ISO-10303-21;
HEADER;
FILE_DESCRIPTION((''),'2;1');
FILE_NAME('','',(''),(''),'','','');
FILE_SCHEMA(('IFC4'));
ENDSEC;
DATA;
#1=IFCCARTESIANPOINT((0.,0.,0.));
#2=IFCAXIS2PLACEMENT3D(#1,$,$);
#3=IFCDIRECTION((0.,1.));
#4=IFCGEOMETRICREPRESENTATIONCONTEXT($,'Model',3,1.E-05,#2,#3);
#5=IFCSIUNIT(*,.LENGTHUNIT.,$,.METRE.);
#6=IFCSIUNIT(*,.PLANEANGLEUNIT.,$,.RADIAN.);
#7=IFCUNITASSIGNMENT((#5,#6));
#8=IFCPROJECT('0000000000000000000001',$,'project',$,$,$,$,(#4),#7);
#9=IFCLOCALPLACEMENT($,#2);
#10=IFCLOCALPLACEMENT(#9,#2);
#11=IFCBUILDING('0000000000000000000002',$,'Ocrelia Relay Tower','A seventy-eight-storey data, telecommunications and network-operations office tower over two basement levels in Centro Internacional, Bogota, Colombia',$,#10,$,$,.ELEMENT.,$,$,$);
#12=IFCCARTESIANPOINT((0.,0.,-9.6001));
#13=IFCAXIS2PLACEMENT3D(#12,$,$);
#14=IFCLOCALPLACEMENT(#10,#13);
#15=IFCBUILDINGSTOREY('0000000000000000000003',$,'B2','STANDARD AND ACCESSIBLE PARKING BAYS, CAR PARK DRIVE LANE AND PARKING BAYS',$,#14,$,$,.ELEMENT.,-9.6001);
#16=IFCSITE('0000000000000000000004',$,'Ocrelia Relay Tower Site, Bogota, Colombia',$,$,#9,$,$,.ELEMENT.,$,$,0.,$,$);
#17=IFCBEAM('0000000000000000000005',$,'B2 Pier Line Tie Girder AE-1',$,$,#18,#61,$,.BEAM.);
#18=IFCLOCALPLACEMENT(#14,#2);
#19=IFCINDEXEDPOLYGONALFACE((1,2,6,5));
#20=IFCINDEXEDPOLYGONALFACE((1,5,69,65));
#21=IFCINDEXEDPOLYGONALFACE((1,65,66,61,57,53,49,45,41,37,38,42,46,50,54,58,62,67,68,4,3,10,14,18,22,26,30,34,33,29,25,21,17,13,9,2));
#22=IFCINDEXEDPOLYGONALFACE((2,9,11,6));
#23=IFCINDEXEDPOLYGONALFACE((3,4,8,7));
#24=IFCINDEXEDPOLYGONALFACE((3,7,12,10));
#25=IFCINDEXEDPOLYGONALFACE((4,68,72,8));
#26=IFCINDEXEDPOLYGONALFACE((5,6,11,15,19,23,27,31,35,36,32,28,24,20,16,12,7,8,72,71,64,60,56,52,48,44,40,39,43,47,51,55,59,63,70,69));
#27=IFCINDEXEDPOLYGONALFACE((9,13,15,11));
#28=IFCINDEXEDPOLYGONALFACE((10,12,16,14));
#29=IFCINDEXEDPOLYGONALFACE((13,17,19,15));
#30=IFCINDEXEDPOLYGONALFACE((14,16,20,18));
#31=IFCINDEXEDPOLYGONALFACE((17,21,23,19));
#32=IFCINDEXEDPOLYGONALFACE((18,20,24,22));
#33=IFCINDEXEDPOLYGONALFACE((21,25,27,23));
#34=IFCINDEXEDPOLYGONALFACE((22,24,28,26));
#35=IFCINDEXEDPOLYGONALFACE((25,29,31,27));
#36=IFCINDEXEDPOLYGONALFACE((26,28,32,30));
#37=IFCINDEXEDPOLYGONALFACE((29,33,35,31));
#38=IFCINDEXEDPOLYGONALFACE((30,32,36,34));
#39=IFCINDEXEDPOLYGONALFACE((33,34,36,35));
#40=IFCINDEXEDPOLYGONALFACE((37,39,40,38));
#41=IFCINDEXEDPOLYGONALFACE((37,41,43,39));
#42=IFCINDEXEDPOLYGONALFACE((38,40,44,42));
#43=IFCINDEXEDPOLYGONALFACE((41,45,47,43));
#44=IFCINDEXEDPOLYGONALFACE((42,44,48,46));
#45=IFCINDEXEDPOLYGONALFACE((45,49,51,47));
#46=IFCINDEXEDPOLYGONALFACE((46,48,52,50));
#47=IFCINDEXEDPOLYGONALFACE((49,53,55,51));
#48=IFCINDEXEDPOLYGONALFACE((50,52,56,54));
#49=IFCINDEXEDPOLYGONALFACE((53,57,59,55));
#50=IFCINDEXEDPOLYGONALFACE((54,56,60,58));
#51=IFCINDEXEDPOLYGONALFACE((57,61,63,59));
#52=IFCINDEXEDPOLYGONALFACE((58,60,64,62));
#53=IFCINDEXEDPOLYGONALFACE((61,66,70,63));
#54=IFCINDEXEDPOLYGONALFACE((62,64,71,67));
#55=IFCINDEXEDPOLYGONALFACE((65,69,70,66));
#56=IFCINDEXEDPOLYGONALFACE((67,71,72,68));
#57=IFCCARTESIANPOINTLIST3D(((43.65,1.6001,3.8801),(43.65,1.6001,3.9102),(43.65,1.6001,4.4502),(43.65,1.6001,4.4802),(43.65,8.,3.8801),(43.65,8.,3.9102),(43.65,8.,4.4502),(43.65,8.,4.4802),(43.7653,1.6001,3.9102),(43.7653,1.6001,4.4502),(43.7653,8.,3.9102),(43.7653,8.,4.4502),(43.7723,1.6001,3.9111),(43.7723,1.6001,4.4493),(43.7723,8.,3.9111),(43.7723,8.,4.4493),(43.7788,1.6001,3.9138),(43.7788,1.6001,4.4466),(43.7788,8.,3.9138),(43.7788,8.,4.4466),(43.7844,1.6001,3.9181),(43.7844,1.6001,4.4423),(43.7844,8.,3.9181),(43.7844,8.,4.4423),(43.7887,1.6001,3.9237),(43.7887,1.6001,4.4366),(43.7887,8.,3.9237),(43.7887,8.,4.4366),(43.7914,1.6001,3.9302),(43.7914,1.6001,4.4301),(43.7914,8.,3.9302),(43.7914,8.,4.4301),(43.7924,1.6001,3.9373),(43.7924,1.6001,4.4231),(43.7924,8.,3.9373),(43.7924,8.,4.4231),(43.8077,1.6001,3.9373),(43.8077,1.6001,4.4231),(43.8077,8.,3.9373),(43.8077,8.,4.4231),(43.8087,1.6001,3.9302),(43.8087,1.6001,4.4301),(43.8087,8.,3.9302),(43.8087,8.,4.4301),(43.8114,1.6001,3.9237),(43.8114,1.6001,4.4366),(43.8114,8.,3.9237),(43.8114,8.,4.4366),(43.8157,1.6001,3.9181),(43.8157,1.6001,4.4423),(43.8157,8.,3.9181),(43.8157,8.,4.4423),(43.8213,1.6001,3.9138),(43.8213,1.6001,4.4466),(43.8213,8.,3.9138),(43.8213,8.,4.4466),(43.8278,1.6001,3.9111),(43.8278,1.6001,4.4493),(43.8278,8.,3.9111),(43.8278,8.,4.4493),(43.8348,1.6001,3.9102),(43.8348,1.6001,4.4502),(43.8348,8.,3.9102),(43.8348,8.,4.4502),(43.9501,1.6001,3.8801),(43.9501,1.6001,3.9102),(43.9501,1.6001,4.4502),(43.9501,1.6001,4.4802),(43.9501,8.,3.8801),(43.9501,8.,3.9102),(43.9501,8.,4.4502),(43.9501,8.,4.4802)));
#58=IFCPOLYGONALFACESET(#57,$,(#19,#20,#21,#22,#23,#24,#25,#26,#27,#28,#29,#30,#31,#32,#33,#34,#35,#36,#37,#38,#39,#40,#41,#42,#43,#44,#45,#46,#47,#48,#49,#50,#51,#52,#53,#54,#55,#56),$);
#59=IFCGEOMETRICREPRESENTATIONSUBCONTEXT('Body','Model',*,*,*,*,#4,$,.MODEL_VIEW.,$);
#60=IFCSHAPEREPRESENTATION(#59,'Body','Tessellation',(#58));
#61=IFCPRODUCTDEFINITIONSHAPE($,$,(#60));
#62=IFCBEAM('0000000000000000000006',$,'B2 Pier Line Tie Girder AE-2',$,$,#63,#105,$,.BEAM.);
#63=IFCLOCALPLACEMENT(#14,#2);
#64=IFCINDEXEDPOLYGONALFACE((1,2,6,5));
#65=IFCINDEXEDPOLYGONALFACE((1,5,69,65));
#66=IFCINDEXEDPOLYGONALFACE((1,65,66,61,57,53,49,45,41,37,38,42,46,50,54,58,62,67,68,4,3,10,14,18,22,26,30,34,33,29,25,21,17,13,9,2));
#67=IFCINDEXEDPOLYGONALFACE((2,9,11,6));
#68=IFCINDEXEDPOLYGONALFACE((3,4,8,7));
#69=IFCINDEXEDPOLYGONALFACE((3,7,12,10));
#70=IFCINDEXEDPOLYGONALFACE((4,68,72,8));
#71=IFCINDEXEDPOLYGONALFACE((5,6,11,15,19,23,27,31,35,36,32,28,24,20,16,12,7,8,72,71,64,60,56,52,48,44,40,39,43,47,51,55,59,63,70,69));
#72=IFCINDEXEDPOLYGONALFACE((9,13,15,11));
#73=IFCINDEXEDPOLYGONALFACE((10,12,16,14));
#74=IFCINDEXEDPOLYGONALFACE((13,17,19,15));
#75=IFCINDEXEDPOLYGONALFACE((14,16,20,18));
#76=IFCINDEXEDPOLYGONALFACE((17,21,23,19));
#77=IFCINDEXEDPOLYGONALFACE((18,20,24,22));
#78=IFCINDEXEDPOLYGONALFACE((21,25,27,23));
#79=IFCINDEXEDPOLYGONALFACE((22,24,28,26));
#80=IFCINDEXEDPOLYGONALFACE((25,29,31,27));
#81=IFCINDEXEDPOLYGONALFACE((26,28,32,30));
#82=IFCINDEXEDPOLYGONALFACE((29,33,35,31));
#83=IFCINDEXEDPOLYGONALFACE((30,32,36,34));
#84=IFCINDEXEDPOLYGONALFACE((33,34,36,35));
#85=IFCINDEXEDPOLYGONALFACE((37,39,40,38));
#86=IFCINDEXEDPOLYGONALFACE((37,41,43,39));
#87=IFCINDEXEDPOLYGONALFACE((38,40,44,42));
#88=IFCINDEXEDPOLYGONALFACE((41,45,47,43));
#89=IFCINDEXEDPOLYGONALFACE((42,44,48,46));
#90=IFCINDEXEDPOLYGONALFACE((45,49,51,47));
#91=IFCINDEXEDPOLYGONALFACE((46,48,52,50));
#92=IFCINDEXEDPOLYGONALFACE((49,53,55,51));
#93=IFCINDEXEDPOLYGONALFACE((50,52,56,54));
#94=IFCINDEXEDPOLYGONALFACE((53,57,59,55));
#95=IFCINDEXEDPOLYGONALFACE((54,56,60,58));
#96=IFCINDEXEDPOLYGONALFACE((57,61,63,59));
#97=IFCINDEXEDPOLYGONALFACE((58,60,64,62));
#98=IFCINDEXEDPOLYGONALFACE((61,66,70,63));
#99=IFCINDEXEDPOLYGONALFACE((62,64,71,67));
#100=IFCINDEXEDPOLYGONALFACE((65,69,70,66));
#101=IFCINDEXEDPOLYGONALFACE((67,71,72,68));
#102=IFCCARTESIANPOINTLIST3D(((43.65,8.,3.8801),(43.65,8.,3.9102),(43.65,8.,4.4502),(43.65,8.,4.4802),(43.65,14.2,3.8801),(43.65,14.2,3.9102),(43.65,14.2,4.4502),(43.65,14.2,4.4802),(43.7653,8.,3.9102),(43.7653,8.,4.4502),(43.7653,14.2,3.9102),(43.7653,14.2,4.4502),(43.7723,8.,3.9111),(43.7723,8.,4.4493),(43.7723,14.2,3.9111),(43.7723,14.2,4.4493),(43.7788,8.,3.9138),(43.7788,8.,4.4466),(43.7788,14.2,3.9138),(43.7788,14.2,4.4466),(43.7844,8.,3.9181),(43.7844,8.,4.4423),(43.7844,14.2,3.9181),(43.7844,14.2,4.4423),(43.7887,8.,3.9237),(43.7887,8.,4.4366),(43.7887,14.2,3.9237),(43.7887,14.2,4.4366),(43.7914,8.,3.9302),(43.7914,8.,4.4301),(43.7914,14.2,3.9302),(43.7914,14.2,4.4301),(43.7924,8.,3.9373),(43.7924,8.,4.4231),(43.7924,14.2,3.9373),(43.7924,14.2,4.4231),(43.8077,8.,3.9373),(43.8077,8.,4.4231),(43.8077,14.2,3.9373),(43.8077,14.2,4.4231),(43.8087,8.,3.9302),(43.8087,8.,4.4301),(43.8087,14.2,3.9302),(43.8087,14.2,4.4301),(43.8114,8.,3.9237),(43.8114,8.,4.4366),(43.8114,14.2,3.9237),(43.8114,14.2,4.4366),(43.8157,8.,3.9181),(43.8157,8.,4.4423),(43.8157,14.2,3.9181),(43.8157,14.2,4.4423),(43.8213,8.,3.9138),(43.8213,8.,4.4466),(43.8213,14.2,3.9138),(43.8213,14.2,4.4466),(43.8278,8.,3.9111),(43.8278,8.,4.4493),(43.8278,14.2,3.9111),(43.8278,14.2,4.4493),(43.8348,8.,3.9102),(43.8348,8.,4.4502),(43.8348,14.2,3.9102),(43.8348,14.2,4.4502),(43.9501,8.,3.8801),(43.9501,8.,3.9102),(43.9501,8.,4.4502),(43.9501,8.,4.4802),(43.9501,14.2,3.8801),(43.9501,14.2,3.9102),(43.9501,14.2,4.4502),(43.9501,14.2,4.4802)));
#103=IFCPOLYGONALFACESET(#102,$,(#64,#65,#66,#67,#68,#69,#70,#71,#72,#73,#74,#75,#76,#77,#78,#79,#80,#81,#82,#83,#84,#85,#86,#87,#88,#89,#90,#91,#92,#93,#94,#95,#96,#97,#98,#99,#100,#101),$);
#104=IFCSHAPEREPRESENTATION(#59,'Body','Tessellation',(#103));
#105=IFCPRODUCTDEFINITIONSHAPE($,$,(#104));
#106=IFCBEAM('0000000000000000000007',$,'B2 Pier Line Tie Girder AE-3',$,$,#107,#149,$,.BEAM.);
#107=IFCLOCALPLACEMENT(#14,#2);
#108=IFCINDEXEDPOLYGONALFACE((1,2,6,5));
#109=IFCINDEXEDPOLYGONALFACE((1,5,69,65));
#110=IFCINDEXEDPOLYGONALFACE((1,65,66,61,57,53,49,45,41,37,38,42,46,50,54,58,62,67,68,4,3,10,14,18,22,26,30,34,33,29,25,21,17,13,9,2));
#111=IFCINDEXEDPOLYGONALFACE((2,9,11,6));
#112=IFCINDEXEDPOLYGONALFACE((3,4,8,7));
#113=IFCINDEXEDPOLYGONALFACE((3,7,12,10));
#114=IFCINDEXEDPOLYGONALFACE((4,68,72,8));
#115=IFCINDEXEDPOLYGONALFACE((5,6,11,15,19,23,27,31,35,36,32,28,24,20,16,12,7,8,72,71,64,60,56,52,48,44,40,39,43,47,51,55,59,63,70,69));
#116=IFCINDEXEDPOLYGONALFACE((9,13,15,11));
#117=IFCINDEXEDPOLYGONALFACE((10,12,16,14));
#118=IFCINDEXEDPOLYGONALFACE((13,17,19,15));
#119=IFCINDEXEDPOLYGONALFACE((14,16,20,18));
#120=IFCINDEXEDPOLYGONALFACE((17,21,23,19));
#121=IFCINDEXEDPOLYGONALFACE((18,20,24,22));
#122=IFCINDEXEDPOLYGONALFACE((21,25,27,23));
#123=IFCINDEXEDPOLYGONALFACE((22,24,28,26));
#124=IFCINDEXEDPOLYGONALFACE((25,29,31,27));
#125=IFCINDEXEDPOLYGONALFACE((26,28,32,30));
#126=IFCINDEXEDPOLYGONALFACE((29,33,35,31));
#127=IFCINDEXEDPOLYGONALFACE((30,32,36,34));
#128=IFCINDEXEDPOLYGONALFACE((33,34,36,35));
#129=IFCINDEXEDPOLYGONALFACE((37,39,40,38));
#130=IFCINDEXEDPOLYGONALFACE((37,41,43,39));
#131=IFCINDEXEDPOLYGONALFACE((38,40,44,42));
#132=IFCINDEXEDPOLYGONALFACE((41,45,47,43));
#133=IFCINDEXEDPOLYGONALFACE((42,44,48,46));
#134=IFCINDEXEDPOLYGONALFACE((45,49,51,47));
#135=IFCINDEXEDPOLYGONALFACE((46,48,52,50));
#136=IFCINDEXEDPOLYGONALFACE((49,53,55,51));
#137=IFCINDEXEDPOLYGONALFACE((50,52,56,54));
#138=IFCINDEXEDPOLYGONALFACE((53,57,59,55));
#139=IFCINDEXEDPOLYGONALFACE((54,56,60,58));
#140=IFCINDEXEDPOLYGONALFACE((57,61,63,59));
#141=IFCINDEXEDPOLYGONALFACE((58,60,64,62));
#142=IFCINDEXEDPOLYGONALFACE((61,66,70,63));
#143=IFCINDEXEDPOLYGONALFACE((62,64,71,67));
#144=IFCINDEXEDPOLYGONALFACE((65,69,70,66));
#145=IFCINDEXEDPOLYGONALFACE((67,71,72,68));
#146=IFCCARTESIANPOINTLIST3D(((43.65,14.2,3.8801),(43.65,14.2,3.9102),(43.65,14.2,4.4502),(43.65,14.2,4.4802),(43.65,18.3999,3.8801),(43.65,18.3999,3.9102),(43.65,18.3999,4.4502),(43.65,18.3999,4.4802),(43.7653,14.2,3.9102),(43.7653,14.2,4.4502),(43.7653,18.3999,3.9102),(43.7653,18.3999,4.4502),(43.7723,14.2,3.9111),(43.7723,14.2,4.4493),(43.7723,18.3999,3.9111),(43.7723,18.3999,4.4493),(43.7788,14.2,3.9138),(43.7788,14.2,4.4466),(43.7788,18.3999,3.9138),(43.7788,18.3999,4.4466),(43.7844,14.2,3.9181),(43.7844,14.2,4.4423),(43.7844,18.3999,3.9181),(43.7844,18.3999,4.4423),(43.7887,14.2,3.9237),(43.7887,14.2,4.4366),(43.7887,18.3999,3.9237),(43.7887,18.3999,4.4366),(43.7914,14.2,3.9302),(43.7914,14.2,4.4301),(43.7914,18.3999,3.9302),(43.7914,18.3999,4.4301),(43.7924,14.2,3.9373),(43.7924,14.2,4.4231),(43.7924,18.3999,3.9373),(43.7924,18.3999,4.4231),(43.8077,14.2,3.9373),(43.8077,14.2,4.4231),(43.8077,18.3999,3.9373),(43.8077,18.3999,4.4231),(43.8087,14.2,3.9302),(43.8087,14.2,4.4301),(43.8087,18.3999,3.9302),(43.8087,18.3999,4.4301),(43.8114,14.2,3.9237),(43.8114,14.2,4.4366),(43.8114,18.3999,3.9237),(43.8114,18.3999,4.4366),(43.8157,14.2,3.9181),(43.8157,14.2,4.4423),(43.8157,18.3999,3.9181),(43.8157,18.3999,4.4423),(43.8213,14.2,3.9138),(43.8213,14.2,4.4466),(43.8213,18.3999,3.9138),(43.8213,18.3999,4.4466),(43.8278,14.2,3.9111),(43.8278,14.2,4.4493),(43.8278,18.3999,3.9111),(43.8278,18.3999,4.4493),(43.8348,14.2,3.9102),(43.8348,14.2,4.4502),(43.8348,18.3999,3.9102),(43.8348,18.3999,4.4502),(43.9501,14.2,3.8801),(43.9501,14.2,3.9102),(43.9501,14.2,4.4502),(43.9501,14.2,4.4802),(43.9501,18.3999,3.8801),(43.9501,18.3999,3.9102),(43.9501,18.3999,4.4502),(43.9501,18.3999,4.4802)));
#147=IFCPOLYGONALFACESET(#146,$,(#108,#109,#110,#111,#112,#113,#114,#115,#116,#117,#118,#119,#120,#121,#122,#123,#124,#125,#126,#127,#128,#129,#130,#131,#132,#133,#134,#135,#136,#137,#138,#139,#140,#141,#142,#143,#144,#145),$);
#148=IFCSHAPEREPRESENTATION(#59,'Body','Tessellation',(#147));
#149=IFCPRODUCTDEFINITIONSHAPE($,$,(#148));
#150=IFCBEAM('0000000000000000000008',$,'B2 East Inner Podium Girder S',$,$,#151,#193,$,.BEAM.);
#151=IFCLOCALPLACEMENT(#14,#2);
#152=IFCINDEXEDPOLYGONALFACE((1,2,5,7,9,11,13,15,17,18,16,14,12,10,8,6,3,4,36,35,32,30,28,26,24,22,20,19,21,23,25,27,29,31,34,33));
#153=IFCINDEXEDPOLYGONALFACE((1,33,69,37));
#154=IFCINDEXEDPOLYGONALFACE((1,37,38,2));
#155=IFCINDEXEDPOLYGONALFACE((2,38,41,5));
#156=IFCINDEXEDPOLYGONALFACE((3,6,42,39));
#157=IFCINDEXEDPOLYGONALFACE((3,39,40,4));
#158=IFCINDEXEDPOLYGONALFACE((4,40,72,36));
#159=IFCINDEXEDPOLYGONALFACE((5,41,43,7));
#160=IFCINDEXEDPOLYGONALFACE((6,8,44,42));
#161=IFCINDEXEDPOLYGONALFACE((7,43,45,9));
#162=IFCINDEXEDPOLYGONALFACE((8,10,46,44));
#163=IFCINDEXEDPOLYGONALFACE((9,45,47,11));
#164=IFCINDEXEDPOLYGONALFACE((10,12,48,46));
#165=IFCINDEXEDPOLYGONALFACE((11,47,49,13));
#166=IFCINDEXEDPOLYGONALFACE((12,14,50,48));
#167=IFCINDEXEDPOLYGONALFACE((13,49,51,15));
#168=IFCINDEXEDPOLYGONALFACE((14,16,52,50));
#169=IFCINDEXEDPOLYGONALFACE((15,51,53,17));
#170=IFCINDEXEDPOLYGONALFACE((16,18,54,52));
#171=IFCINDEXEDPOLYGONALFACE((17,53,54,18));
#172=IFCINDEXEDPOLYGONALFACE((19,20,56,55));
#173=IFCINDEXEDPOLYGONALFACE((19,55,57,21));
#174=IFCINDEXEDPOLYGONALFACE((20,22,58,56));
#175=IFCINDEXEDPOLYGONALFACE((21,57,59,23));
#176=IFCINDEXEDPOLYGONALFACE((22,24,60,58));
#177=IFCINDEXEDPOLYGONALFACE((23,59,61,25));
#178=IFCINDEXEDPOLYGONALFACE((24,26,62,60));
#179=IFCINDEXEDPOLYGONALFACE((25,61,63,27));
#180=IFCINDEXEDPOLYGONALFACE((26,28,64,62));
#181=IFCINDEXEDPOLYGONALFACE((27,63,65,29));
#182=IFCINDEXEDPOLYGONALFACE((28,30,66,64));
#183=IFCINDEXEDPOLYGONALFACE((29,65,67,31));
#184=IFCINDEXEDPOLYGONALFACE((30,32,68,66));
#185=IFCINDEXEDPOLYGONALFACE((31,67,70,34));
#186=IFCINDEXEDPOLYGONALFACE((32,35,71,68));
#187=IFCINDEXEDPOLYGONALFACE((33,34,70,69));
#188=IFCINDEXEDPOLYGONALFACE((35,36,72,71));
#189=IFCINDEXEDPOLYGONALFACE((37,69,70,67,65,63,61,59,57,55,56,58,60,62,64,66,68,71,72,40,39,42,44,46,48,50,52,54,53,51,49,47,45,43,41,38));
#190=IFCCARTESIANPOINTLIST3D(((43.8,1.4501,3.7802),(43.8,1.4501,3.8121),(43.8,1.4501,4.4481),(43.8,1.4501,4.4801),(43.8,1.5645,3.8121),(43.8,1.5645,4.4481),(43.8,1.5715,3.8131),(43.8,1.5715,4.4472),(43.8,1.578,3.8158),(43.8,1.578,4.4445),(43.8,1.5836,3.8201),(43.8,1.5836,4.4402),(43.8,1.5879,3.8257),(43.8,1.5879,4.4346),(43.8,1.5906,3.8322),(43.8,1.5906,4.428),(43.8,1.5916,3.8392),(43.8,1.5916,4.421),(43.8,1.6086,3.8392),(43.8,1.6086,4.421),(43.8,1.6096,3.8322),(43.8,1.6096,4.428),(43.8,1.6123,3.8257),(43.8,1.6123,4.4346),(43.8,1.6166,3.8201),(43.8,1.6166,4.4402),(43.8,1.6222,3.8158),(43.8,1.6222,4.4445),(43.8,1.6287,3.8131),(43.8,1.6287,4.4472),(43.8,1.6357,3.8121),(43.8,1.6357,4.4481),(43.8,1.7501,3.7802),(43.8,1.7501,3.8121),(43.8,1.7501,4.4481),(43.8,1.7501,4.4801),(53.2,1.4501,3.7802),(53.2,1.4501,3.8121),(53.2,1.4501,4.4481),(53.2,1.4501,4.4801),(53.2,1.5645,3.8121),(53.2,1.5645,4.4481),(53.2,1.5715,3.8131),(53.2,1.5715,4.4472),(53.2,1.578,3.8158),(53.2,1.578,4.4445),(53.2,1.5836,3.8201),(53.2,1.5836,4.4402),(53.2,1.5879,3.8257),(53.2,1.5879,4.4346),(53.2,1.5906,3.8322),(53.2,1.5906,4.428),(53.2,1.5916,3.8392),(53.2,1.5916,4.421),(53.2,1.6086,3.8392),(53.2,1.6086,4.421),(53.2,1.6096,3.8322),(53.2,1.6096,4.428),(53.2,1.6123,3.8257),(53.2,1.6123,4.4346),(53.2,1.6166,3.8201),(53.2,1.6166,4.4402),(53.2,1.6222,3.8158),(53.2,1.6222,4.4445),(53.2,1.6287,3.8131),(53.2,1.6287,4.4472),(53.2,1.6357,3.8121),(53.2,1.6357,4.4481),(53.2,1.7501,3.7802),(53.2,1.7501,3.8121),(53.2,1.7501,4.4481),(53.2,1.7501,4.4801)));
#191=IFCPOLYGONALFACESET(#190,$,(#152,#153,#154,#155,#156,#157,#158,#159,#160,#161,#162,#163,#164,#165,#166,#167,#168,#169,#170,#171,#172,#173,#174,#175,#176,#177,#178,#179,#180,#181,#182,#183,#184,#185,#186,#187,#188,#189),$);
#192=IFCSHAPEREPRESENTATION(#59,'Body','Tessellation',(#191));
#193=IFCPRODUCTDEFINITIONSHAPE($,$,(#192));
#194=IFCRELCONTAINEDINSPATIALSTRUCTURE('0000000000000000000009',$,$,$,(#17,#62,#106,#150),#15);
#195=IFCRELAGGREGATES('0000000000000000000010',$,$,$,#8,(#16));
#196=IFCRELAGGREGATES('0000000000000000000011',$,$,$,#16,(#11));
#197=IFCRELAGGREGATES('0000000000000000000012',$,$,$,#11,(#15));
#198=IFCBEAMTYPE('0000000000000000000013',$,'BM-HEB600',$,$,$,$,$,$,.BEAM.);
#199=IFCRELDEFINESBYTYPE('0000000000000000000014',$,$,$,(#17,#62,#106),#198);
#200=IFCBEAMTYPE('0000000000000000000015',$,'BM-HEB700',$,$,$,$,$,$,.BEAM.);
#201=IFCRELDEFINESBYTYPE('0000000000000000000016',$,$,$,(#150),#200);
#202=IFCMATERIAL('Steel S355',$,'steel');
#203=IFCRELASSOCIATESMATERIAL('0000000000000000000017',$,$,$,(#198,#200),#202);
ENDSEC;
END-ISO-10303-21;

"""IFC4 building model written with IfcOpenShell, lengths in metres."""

from ifc_helpers import new_model, si_unit, direction, frame, origin, origin_2d, place, context, subcontext, project, spatial, i_section, extrude, material, material_profile, profile_set, type_object, element, save


model = new_model("IFC4")

# Units and contexts
model_context = context("Model", 3, precision=1e-05, world=origin(), true_north=direction((0.0, 1.0)))
body_context = subcontext(model_context, "Body", "Model", "MODEL_VIEW")
ifc_project = project(units=[si_unit("LENGTHUNIT", "METRE"), si_unit("PLANEANGLEUNIT", "RADIAN")], contexts=[model_context])

# Site, building, storey
site_placement = place(None, origin())
site = spatial("IfcSite", under=ifc_project, at=site_placement, Name="Ocrelia Relay Tower Site, Bogota, Colombia", CompositionType="ELEMENT", RefElevation=0.0)
building_placement = place(site_placement, origin())
building = spatial("IfcBuilding", under=site, at=building_placement, Name="Ocrelia Relay Tower", Description="A seventy-eight-storey data, telecommunications and network-operations office tower over two basement levels in Centro Internacional, Bogota, Colombia", CompositionType="ELEMENT")
storey_placement = place(building_placement, frame((0.0, 0.0, -9.6001)))
storey = spatial("IfcBuildingStorey", under=building, at=storey_placement, Name="B2", Description="STANDARD AND ACCESSIBLE PARKING BAYS, CAR PARK DRIVE LANE AND PARKING BAYS", CompositionType="ELEMENT", Elevation=-9.6001)

# Beams
ifc_material_1 = material(Name="Steel S355", Category="steel")
ifc_material_profile_1 = material_profile(ifc_material_1, i_section(OverallWidth=0.3, OverallDepth=0.6001, WebThickness=0.0154, FlangeThickness=0.03, FilletRadius=0.0271, at=origin_2d()), Name="HEB 600")
ifc_profile_set_1 = profile_set([ifc_material_profile_1], Name="Steel S355")
beam_type_1 = type_object("IfcBeamType", Name="BM-HEB600", PredefinedType="BEAM", material=ifc_profile_set_1)
beam_1_placement = place(storey_placement, frame((43.8, 1.6001, 4.1802), z_axis=(0.0, 1.0, 0.0), x_axis=(-1.0, 0.0, 0.0)))
element("IfcBeam", 1, at=beam_1_placement, inside=storey, type_object=beam_type_1, Name="B2 Pier Line Tie Girder AE-1", PredefinedType="BEAM", context=body_context, shape_type="SweptSolid", body=[
    extrude(i_section(OverallWidth=0.3, OverallDepth=0.6001, WebThickness=0.0154, FlangeThickness=0.03, FilletRadius=0.0271, at=origin_2d()), origin(), (0.0, 0.0, 1.0), 6.3999),
])
beam_2_placement = place(storey_placement, frame((43.8, 8.0, 4.1802), z_axis=(0.0, 1.0, 0.0), x_axis=(-1.0, 0.0, 0.0)))
element("IfcBeam", 2, at=beam_2_placement, inside=storey, type_object=beam_type_1, Name="B2 Pier Line Tie Girder AE-2", PredefinedType="BEAM", context=body_context, shape_type="SweptSolid", body=[
    extrude(i_section(OverallWidth=0.3, OverallDepth=0.6001, WebThickness=0.0154, FlangeThickness=0.03, FilletRadius=0.0271, at=origin_2d()), origin(), (0.0, 0.0, 1.0), 6.2),
])
beam_3_placement = place(storey_placement, frame((43.8, 14.2, 4.1802), z_axis=(0.0, 1.0, 0.0), x_axis=(-1.0, 0.0, 0.0)))
element("IfcBeam", 3, at=beam_3_placement, inside=storey, type_object=beam_type_1, Name="B2 Pier Line Tie Girder AE-3", PredefinedType="BEAM", context=body_context, shape_type="SweptSolid", body=[
    extrude(i_section(OverallWidth=0.3, OverallDepth=0.6001, WebThickness=0.0154, FlangeThickness=0.03, FilletRadius=0.0271, at=origin_2d()), origin(), (0.0, 0.0, 1.0), 4.2),
])
ifc_material_profile_2 = material_profile(ifc_material_1, i_section(OverallWidth=0.3, OverallDepth=0.7, WebThickness=0.0171, FlangeThickness=0.032, FilletRadius=0.0271, at=origin_2d()), Name="HEB 700")
ifc_profile_set_2 = profile_set([ifc_material_profile_2], Name="Steel S355")
beam_type_2 = type_object("IfcBeamType", Name="BM-HEB700", PredefinedType="BEAM", material=ifc_profile_set_2)
for number, where, z_axis, x_axis, name in (
    (4, (43.8, 1.6001, 4.1301), (1.0, 0.0, 0.0), (0.0, 1.0, 0.0), "B2 East Inner Podium Girder S"),
):
    element("IfcBeam", number, at=place(storey_placement, frame(where, z_axis=z_axis, x_axis=x_axis)), inside=storey, type_object=beam_type_2, Name=name, PredefinedType="BEAM", context=body_context, shape_type="SweptSolid", body=[
        extrude(i_section(OverallWidth=0.3, OverallDepth=0.7, WebThickness=0.0171, FlangeThickness=0.032, FilletRadius=0.0271, at=origin_2d()), origin(), (0.0, 0.0, 1.0), 9.3999),
    ])

save(model, "model.ifc")
